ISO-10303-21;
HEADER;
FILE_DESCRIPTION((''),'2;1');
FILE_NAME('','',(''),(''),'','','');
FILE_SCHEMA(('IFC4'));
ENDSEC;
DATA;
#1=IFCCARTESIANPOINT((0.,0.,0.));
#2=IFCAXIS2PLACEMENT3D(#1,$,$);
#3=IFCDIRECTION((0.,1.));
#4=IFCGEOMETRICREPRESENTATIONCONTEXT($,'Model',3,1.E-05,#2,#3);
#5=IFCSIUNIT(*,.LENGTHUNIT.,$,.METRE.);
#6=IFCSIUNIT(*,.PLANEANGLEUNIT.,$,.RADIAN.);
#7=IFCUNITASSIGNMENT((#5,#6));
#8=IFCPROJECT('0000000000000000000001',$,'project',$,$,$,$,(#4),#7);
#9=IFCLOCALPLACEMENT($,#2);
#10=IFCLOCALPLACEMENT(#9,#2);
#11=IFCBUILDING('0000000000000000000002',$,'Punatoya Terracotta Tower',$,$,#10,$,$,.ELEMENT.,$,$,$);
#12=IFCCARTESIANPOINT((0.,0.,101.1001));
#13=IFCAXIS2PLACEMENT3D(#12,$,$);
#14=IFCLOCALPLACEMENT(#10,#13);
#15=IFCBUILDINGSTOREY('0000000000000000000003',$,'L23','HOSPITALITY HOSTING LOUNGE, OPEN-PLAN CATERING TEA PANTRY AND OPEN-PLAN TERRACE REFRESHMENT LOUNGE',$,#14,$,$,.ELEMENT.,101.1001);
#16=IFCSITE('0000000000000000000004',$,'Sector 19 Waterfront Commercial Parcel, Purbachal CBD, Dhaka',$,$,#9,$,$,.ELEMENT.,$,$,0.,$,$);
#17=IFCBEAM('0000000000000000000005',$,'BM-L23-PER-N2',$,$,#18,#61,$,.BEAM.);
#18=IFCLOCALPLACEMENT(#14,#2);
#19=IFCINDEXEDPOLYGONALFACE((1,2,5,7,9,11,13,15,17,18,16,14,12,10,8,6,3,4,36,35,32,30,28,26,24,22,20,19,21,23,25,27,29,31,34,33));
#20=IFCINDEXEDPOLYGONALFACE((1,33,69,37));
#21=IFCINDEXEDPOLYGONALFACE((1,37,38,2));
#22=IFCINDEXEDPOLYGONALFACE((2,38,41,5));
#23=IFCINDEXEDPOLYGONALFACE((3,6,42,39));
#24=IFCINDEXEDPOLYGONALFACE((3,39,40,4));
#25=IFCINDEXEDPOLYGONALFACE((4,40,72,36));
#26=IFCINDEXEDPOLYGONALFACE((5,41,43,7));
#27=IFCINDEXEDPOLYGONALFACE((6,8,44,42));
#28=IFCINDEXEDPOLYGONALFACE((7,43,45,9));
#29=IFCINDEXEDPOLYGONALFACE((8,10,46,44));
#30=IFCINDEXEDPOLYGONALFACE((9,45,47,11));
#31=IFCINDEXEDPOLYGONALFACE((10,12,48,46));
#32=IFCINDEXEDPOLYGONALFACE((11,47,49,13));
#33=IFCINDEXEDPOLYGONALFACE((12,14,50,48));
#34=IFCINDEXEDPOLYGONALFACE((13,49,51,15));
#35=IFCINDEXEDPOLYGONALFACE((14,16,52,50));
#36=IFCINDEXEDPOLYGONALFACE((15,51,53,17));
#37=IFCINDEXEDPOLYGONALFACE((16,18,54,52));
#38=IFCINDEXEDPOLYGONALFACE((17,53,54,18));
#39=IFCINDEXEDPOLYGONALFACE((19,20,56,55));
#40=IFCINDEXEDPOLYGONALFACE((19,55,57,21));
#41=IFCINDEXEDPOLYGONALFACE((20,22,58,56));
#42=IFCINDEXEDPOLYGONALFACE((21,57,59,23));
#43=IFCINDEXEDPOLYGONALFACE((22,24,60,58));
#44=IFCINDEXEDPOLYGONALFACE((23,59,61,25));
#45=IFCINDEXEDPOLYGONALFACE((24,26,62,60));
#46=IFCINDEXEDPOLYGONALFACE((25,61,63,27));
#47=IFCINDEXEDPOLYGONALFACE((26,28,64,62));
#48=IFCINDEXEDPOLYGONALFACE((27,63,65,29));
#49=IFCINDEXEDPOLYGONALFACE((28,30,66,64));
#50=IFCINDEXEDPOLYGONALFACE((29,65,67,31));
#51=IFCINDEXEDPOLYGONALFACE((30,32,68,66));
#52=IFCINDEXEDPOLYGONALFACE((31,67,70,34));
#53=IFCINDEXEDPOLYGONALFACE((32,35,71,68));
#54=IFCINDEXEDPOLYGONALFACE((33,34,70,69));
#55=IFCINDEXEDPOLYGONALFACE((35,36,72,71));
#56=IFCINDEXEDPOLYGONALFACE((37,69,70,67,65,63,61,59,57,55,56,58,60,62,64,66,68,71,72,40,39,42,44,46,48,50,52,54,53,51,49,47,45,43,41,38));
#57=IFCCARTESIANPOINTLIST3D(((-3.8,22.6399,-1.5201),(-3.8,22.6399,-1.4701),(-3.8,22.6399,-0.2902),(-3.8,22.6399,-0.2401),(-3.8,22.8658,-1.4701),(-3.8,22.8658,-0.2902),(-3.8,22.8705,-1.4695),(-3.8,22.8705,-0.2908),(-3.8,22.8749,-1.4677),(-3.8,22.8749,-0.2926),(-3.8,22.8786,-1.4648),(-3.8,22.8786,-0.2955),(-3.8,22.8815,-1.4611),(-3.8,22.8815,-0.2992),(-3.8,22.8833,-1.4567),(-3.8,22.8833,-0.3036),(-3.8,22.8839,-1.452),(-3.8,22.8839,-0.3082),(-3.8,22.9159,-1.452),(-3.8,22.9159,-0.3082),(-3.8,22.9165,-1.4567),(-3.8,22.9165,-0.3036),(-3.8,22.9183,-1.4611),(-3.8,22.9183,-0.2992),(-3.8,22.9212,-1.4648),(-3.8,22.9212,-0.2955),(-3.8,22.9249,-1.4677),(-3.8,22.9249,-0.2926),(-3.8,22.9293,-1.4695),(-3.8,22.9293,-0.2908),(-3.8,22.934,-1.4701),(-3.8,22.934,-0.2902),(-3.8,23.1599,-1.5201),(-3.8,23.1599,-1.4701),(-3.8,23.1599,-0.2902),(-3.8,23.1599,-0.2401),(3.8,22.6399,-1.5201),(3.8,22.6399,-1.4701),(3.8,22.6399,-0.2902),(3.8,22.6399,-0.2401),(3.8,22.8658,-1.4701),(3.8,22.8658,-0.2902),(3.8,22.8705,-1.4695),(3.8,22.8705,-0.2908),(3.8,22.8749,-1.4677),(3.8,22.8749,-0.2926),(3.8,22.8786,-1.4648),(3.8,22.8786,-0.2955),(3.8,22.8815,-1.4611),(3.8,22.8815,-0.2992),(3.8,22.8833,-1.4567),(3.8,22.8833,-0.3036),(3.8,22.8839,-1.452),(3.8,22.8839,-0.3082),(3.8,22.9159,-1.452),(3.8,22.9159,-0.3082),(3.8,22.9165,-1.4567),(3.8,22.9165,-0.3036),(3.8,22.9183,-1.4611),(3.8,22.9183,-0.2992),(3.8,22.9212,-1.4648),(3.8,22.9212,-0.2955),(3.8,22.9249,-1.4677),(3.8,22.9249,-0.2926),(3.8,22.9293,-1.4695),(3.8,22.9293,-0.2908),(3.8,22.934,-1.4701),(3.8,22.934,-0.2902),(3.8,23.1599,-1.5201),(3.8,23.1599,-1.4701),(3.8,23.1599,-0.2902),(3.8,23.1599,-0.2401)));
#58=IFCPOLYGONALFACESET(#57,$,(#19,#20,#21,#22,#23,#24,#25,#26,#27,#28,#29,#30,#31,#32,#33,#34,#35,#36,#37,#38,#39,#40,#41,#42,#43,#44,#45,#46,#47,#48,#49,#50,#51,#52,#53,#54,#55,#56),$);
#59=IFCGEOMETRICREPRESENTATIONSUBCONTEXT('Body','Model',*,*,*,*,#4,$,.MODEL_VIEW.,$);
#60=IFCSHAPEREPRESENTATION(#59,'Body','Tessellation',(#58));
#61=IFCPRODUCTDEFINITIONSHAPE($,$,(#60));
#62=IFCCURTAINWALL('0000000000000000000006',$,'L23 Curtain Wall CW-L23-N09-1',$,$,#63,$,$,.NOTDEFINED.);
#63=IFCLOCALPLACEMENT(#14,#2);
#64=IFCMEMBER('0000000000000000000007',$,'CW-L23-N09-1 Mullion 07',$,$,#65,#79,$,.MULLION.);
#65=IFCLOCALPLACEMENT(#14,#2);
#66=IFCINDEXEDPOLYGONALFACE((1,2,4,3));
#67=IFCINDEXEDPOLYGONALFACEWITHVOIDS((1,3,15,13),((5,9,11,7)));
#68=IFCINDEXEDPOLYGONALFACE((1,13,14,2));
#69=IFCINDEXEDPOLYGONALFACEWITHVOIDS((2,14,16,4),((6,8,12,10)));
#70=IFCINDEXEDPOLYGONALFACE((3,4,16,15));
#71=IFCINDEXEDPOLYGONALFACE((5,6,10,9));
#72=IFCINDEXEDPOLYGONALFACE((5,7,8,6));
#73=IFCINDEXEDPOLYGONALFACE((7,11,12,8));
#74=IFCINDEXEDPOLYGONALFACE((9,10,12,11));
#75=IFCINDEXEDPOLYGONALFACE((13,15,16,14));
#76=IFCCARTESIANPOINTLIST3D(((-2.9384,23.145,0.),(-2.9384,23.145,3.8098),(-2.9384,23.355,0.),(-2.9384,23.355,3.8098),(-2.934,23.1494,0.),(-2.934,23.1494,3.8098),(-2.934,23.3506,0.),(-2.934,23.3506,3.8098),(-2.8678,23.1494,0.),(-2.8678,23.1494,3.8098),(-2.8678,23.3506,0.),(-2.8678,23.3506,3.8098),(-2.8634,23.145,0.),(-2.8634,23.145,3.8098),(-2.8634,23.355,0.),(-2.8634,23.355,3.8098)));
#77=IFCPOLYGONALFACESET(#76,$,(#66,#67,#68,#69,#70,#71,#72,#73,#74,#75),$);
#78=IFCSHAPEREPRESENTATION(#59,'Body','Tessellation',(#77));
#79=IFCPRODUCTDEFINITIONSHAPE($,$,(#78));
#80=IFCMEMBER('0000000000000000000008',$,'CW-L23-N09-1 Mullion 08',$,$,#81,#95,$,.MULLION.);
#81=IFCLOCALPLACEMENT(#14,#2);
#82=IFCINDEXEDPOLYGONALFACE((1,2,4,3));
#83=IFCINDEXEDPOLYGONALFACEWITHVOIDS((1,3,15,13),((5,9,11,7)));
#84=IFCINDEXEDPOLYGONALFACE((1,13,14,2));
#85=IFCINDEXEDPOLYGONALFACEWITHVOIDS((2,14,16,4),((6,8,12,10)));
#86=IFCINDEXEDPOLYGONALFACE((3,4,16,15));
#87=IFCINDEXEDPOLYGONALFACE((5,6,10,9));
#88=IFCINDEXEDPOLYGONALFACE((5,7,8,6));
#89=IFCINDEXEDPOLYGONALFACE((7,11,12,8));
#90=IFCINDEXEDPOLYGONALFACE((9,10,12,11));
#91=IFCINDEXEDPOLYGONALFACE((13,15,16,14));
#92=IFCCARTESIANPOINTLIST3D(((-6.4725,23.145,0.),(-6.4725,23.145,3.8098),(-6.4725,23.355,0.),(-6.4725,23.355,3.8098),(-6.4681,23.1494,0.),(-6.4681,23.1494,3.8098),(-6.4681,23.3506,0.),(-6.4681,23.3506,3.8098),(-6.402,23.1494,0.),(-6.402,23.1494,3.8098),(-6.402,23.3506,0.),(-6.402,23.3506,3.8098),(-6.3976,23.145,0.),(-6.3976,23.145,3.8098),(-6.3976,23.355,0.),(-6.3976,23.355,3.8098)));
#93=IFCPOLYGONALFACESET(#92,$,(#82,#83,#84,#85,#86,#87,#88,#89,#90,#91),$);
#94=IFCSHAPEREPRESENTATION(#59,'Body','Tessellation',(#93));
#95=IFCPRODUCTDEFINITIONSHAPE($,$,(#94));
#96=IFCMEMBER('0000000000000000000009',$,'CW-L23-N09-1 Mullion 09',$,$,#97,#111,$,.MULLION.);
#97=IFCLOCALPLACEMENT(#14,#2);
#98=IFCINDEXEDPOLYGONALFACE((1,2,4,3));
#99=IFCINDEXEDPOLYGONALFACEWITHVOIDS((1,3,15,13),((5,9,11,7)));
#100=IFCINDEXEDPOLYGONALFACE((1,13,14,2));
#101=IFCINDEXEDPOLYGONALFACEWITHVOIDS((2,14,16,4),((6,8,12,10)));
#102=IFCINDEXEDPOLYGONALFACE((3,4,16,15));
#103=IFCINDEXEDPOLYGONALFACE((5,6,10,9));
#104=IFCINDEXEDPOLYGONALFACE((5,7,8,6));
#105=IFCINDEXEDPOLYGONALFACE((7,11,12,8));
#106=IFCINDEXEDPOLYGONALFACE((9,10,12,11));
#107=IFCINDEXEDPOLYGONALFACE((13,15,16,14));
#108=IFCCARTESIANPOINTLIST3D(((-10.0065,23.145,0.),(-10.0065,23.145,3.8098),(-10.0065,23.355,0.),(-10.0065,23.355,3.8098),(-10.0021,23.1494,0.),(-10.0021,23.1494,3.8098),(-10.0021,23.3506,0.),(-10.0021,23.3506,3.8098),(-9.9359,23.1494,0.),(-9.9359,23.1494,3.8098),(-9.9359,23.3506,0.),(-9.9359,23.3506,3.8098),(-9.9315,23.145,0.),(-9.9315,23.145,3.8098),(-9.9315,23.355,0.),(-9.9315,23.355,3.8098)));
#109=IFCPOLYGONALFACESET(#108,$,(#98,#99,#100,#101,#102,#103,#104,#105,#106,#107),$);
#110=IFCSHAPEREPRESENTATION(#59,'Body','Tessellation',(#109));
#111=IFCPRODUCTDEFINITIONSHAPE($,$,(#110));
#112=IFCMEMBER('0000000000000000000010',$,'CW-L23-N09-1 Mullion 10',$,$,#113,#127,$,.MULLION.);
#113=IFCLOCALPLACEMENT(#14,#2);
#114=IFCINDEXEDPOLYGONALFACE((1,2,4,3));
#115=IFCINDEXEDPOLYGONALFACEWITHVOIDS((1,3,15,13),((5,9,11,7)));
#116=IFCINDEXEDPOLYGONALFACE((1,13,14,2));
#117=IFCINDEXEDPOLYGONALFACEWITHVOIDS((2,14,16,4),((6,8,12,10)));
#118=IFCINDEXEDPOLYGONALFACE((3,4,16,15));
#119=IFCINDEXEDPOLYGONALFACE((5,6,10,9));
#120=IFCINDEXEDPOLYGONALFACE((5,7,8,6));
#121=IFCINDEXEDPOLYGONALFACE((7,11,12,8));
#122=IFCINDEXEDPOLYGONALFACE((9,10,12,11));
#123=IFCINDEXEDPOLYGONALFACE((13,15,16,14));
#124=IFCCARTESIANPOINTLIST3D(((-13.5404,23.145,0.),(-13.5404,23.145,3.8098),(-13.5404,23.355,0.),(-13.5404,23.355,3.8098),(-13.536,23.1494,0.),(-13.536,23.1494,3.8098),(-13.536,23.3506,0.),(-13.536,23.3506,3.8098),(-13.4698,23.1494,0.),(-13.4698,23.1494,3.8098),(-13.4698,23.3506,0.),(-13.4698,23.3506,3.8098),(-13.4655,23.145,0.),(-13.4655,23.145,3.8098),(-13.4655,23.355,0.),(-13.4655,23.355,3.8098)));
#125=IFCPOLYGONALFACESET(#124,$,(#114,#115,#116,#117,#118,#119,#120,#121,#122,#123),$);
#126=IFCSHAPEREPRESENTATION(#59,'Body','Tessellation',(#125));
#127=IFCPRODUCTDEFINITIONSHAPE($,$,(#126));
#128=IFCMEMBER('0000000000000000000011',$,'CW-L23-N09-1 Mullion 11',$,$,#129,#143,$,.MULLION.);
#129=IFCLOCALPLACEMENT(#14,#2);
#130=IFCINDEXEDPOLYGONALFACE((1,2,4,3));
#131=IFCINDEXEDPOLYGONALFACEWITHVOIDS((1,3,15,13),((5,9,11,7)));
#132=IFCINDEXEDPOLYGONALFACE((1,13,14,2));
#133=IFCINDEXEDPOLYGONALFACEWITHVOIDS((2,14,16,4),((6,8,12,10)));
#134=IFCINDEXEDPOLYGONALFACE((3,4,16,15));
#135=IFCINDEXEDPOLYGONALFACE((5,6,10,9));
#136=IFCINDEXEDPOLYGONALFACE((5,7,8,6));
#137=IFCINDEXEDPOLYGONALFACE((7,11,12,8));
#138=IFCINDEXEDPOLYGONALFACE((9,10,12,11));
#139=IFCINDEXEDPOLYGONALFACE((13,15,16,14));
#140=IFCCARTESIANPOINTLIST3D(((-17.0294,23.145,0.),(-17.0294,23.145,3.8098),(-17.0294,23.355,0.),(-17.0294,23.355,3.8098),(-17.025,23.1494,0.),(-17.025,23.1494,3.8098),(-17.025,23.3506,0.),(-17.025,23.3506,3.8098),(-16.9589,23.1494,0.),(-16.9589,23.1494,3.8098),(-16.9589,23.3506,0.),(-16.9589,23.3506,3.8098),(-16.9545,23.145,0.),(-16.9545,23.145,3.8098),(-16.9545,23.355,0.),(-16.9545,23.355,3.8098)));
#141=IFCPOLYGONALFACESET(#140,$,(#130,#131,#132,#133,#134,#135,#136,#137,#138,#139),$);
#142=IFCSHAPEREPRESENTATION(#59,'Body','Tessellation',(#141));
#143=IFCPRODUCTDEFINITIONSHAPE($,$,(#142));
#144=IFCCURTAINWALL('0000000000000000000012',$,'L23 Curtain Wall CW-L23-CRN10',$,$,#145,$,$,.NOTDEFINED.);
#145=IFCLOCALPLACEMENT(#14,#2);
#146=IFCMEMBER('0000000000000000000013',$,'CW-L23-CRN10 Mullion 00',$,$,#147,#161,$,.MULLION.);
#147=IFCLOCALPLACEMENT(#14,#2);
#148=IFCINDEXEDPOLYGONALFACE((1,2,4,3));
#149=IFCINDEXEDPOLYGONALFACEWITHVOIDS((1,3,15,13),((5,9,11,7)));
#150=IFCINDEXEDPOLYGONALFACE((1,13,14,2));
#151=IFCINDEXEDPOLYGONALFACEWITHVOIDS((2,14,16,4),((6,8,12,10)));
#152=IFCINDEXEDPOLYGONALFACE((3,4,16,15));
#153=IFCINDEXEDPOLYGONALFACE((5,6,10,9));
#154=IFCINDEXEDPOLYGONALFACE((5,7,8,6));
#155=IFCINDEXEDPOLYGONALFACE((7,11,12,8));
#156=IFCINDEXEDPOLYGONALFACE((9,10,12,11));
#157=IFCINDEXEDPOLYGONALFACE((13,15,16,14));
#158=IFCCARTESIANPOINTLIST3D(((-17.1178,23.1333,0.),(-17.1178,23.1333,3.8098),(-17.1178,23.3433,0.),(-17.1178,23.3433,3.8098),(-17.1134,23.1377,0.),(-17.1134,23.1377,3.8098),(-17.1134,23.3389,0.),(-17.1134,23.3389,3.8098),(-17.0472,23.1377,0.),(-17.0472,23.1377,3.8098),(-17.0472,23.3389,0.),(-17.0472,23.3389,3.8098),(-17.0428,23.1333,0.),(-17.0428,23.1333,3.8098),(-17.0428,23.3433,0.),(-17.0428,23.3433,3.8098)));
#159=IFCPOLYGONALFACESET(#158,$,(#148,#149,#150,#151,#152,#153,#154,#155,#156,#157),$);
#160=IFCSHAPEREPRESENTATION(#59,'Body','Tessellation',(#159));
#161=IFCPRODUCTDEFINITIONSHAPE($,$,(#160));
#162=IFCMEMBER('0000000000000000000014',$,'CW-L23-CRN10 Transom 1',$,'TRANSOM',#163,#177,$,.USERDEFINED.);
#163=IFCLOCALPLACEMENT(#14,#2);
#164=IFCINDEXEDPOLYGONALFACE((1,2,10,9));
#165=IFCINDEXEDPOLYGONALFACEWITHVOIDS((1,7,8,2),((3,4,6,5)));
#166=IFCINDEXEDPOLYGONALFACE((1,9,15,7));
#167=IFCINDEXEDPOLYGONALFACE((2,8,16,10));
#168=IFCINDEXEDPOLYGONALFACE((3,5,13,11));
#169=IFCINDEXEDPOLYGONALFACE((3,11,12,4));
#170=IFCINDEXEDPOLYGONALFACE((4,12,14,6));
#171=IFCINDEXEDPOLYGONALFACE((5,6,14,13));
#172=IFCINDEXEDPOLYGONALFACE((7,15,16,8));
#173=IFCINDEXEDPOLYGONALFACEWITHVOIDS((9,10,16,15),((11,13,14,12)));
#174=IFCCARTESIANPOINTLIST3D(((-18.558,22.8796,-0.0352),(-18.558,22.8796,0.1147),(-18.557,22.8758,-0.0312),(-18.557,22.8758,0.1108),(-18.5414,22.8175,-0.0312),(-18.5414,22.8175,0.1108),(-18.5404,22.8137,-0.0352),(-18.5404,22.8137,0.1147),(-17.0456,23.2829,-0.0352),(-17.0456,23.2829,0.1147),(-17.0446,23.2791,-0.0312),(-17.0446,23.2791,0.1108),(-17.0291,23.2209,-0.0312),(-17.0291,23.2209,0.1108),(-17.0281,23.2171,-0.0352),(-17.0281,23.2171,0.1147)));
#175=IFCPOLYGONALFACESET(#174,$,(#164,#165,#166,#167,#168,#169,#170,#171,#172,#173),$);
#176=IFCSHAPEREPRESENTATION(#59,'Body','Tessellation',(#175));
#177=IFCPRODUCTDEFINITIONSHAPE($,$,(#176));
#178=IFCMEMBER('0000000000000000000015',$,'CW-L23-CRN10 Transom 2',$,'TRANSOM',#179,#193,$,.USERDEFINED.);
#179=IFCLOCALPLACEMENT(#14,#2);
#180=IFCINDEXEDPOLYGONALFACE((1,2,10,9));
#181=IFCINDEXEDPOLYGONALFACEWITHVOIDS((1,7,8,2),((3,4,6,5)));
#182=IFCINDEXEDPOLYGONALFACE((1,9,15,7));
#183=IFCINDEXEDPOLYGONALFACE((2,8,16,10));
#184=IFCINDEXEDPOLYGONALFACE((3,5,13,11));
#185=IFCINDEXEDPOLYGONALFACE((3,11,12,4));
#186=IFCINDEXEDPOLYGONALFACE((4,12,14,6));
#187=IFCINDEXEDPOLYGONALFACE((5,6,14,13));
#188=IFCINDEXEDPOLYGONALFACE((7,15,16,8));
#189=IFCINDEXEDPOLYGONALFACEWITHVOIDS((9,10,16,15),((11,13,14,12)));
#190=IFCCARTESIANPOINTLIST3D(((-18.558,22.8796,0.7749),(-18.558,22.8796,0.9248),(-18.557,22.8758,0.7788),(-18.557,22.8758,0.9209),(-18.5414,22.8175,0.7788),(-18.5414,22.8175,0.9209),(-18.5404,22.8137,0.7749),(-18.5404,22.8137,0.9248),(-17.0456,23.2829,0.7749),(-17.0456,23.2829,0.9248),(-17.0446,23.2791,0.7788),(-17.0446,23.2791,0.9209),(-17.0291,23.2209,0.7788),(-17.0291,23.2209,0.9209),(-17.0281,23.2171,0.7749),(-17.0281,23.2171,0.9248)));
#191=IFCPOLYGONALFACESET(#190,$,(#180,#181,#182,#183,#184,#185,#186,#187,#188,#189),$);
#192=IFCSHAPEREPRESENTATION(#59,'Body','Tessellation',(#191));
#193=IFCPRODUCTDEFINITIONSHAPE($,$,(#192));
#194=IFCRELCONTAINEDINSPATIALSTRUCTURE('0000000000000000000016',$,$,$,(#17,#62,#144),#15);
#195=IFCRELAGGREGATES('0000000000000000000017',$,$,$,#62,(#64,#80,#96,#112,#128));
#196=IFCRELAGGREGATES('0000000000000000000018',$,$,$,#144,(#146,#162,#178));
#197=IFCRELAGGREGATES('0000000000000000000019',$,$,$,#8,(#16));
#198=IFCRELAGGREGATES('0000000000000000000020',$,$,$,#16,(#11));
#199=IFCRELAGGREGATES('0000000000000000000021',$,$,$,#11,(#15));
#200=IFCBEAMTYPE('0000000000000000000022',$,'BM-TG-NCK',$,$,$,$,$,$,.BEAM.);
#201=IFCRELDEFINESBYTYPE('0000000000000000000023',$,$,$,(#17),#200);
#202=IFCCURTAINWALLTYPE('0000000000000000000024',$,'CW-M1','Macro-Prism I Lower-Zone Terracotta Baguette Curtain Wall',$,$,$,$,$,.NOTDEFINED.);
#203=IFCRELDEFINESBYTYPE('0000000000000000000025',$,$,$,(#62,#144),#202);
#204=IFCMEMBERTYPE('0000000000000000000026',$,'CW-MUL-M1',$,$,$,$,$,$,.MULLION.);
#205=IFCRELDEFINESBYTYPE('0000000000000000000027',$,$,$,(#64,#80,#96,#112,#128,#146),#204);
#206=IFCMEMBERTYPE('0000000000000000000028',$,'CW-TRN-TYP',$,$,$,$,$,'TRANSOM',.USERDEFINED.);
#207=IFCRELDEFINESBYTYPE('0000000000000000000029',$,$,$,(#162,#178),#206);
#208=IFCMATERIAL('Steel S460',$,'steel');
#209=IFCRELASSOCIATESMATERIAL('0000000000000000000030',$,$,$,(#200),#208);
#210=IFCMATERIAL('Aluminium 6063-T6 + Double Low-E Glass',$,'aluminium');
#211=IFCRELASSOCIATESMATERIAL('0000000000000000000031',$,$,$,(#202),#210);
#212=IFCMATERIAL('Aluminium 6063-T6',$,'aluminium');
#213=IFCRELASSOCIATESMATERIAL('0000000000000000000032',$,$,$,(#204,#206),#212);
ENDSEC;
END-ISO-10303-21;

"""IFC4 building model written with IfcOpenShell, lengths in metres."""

from ifc_helpers import new_model, si_unit, direction, frame, origin, origin_2d, place, context, subcontext, project, spatial, hollow_rectangle, i_section, extrude, material, material_profile, profile_set, type_object, element, aggregate, save


model = new_model("IFC4")

# Units and contexts
model_context = context("Model", 3, precision=1e-05, world=origin(), true_north=direction((0.0, 1.0)))
body_context = subcontext(model_context, "Body", "Model", "MODEL_VIEW")
ifc_project = project(units=[si_unit("LENGTHUNIT", "METRE"), si_unit("PLANEANGLEUNIT", "RADIAN")], contexts=[model_context])

# Site, building, storey
site_placement = place(None, origin())
site = spatial("IfcSite", under=ifc_project, at=site_placement, Name="Sector 19 Waterfront Commercial Parcel, Purbachal CBD, Dhaka", CompositionType="ELEMENT", RefElevation=0.0)
building_placement = place(site_placement, origin())
building = spatial("IfcBuilding", under=site, at=building_placement, Name="Punatoya Terracotta Tower", CompositionType="ELEMENT")
storey_placement = place(building_placement, frame((0.0, 0.0, 101.1001)))
storey = spatial("IfcBuildingStorey", under=building, at=storey_placement, Name="L23", Description="HOSPITALITY HOSTING LOUNGE, OPEN-PLAN CATERING TEA PANTRY AND OPEN-PLAN TERRACE REFRESHMENT LOUNGE", CompositionType="ELEMENT", Elevation=101.1001)

# Shared definitions
ifc_material_1 = material(Name="Steel S460", Category="steel")

# Beam
ifc_material_profile_1 = material_profile(ifc_material_1, i_section(OverallWidth=0.52, OverallDepth=1.28, WebThickness=0.032, FlangeThickness=0.05, FilletRadius=0.0181, at=origin_2d()))
ifc_profile_set_1 = profile_set([ifc_material_profile_1], Name="Steel S460")
beam_type_1 = type_object("IfcBeamType", Name="BM-TG-NCK", PredefinedType="BEAM", material=ifc_profile_set_1)
beam_1_placement = place(storey_placement, frame((-3.8, 22.8999, -0.8801), z_axis=(1.0, 0.0, 0.0), x_axis=(0.0, 1.0, 0.0)))
element("IfcBeam", 1, at=beam_1_placement, inside=storey, type_object=beam_type_1, Name="BM-L23-PER-N2", PredefinedType="BEAM", context=body_context, shape_type="SweptSolid", body=[
    extrude(i_section(OverallWidth=0.52, OverallDepth=1.28, WebThickness=0.032, FlangeThickness=0.05, FilletRadius=0.0181, at=origin_2d()), origin(), (0.0, 0.0, 1.0), 7.6001),
])

# Curtain walls, members
ifc_material_2 = material(Name="Aluminium 6063-T6 + Double Low-E Glass", Category="aluminium")
curtain_wall_type = type_object("IfcCurtainWallType", Name="CW-M1", Description="Macro-Prism I Lower-Zone Terracotta Baguette Curtain Wall", PredefinedType="NOTDEFINED", material=ifc_material_2)
curtain_wall_1_placement = place(storey_placement, origin())
curtain_wall_1 = element("IfcCurtainWall", 2, at=curtain_wall_1_placement, inside=storey, type_object=curtain_wall_type, Name="L23 Curtain Wall CW-L23-N09-1", PredefinedType="NOTDEFINED")
ifc_material_3 = material(Name="Aluminium 6063-T6", Category="aluminium")
ifc_material_profile_2 = material_profile(ifc_material_3, hollow_rectangle(XDim=0.075, YDim=0.21, WallThickness=0.0044, at=origin_2d()))
ifc_profile_set_2 = profile_set([ifc_material_profile_2], Name="Aluminium 6063-T6")
member_type_1 = type_object("IfcMemberType", Name="CW-MUL-M1", PredefinedType="MULLION", material=ifc_profile_set_2)
member_1_placement = place(storey_placement, frame((-2.9009, 23.25, 0.0), z_axis=(0.0, 0.0, 1.0), x_axis=(1.0, 0.0, 0.0)))
member_1 = element("IfcMember", 3, at=member_1_placement, type_object=member_type_1, Name="CW-L23-N09-1 Mullion 07", PredefinedType="MULLION", context=body_context, shape_type="SweptSolid", body=[
    extrude(hollow_rectangle(XDim=0.075, YDim=0.21, WallThickness=0.0044, at=origin_2d()), origin(), (0.0, 0.0, 1.0), 3.8098),
])
member_2_placement = place(storey_placement, frame((-6.4351, 23.25, 0.0), z_axis=(0.0, 0.0, 1.0), x_axis=(1.0, 0.0, 0.0)))
member_2 = element("IfcMember", 4, at=member_2_placement, type_object=member_type_1, Name="CW-L23-N09-1 Mullion 08", PredefinedType="MULLION", context=body_context, shape_type="SweptSolid", body=[
    extrude(hollow_rectangle(XDim=0.075, YDim=0.21, WallThickness=0.0044, at=origin_2d()), origin(), (0.0, 0.0, 1.0), 3.8098),
])
member_3_placement = place(storey_placement, frame((-9.969, 23.25, 0.0), z_axis=(0.0, 0.0, 1.0), x_axis=(1.0, 0.0, 0.0)))
member_3 = element("IfcMember", 5, at=member_3_placement, type_object=member_type_1, Name="CW-L23-N09-1 Mullion 09", PredefinedType="MULLION", context=body_context, shape_type="SweptSolid", body=[
    extrude(hollow_rectangle(XDim=0.075, YDim=0.21, WallThickness=0.0044, at=origin_2d()), origin(), (0.0, 0.0, 1.0), 3.8098),
])
member_4_placement = place(storey_placement, frame((-13.5029, 23.25, 0.0), z_axis=(0.0, 0.0, 1.0), x_axis=(1.0, 0.0, 0.0)))
member_4 = element("IfcMember", 6, at=member_4_placement, type_object=member_type_1, Name="CW-L23-N09-1 Mullion 10", PredefinedType="MULLION", context=body_context, shape_type="SweptSolid", body=[
    extrude(hollow_rectangle(XDim=0.075, YDim=0.21, WallThickness=0.0044, at=origin_2d()), origin(), (0.0, 0.0, 1.0), 3.8098),
])
member_5_placement = place(storey_placement, frame((-16.9919, 23.25, 0.0), z_axis=(0.0, 0.0, 1.0), x_axis=(1.0, 0.0, 0.0)))
member_5 = element("IfcMember", 7, at=member_5_placement, type_object=member_type_1, Name="CW-L23-N09-1 Mullion 11", PredefinedType="MULLION", context=body_context, shape_type="SweptSolid", body=[
    extrude(hollow_rectangle(XDim=0.075, YDim=0.21, WallThickness=0.0044, at=origin_2d()), origin(), (0.0, 0.0, 1.0), 3.8098),
])
curtain_wall_2_placement = place(storey_placement, origin())
curtain_wall_2 = element("IfcCurtainWall", 8, at=curtain_wall_2_placement, inside=storey, type_object=curtain_wall_type, Name="L23 Curtain Wall CW-L23-CRN10", PredefinedType="NOTDEFINED")
member_6_placement = place(storey_placement, frame((-17.0803, 23.2383, 0.0), z_axis=(0.0, 0.0, 1.0), x_axis=(1.0, 0.0, 0.0)))
member_6 = element("IfcMember", 9, at=member_6_placement, type_object=member_type_1, Name="CW-L23-CRN10 Mullion 00", PredefinedType="MULLION", context=body_context, shape_type="SweptSolid", body=[
    extrude(hollow_rectangle(XDim=0.075, YDim=0.21, WallThickness=0.0044, at=origin_2d()), origin(), (0.0, 0.0, 1.0), 3.8098),
])
ifc_material_profile_3 = material_profile(ifc_material_3, hollow_rectangle(XDim=0.0681, YDim=0.1499, WallThickness=0.0039, at=origin_2d()))
ifc_profile_set_3 = profile_set([ifc_material_profile_3], Name="Aluminium 6063-T6")
member_type_2 = type_object("IfcMemberType", Name="CW-TRN-TYP", ElementType="TRANSOM", PredefinedType="USERDEFINED", material=ifc_profile_set_3)
member_7_placement = place(storey_placement, frame((-17.0369, 23.25, 0.0398), z_axis=(-0.966225, -0.257701, 0.0), x_axis=(0.257701, -0.966225, 0.0)))
member_7 = element("IfcMember", 10, at=member_7_placement, type_object=member_type_2, Name="CW-L23-CRN10 Transom 1", ObjectType="TRANSOM", PredefinedType="USERDEFINED", context=body_context, shape_type="SweptSolid", body=[
    extrude(hollow_rectangle(XDim=0.0681, YDim=0.1499, WallThickness=0.0039, at=origin_2d()), origin(), (0.0, 0.0, 1.0), 1.5652),
])
member_8_placement = place(storey_placement, frame((-17.0369, 23.25, 0.8499), z_axis=(-0.966225, -0.257701, 0.0), x_axis=(0.257701, -0.966225, 0.0)))
member_8 = element("IfcMember", 11, at=member_8_placement, type_object=member_type_2, Name="CW-L23-CRN10 Transom 2", ObjectType="TRANSOM", PredefinedType="USERDEFINED", context=body_context, shape_type="SweptSolid", body=[
    extrude(hollow_rectangle(XDim=0.0681, YDim=0.1499, WallThickness=0.0039, at=origin_2d()), origin(), (0.0, 0.0, 1.0), 1.5652),
])

aggregate(curtain_wall_1, [member_1, member_2, member_3, member_4, member_5])
aggregate(curtain_wall_2, [member_6, member_7, member_8])

save(model, "model.ifc")
